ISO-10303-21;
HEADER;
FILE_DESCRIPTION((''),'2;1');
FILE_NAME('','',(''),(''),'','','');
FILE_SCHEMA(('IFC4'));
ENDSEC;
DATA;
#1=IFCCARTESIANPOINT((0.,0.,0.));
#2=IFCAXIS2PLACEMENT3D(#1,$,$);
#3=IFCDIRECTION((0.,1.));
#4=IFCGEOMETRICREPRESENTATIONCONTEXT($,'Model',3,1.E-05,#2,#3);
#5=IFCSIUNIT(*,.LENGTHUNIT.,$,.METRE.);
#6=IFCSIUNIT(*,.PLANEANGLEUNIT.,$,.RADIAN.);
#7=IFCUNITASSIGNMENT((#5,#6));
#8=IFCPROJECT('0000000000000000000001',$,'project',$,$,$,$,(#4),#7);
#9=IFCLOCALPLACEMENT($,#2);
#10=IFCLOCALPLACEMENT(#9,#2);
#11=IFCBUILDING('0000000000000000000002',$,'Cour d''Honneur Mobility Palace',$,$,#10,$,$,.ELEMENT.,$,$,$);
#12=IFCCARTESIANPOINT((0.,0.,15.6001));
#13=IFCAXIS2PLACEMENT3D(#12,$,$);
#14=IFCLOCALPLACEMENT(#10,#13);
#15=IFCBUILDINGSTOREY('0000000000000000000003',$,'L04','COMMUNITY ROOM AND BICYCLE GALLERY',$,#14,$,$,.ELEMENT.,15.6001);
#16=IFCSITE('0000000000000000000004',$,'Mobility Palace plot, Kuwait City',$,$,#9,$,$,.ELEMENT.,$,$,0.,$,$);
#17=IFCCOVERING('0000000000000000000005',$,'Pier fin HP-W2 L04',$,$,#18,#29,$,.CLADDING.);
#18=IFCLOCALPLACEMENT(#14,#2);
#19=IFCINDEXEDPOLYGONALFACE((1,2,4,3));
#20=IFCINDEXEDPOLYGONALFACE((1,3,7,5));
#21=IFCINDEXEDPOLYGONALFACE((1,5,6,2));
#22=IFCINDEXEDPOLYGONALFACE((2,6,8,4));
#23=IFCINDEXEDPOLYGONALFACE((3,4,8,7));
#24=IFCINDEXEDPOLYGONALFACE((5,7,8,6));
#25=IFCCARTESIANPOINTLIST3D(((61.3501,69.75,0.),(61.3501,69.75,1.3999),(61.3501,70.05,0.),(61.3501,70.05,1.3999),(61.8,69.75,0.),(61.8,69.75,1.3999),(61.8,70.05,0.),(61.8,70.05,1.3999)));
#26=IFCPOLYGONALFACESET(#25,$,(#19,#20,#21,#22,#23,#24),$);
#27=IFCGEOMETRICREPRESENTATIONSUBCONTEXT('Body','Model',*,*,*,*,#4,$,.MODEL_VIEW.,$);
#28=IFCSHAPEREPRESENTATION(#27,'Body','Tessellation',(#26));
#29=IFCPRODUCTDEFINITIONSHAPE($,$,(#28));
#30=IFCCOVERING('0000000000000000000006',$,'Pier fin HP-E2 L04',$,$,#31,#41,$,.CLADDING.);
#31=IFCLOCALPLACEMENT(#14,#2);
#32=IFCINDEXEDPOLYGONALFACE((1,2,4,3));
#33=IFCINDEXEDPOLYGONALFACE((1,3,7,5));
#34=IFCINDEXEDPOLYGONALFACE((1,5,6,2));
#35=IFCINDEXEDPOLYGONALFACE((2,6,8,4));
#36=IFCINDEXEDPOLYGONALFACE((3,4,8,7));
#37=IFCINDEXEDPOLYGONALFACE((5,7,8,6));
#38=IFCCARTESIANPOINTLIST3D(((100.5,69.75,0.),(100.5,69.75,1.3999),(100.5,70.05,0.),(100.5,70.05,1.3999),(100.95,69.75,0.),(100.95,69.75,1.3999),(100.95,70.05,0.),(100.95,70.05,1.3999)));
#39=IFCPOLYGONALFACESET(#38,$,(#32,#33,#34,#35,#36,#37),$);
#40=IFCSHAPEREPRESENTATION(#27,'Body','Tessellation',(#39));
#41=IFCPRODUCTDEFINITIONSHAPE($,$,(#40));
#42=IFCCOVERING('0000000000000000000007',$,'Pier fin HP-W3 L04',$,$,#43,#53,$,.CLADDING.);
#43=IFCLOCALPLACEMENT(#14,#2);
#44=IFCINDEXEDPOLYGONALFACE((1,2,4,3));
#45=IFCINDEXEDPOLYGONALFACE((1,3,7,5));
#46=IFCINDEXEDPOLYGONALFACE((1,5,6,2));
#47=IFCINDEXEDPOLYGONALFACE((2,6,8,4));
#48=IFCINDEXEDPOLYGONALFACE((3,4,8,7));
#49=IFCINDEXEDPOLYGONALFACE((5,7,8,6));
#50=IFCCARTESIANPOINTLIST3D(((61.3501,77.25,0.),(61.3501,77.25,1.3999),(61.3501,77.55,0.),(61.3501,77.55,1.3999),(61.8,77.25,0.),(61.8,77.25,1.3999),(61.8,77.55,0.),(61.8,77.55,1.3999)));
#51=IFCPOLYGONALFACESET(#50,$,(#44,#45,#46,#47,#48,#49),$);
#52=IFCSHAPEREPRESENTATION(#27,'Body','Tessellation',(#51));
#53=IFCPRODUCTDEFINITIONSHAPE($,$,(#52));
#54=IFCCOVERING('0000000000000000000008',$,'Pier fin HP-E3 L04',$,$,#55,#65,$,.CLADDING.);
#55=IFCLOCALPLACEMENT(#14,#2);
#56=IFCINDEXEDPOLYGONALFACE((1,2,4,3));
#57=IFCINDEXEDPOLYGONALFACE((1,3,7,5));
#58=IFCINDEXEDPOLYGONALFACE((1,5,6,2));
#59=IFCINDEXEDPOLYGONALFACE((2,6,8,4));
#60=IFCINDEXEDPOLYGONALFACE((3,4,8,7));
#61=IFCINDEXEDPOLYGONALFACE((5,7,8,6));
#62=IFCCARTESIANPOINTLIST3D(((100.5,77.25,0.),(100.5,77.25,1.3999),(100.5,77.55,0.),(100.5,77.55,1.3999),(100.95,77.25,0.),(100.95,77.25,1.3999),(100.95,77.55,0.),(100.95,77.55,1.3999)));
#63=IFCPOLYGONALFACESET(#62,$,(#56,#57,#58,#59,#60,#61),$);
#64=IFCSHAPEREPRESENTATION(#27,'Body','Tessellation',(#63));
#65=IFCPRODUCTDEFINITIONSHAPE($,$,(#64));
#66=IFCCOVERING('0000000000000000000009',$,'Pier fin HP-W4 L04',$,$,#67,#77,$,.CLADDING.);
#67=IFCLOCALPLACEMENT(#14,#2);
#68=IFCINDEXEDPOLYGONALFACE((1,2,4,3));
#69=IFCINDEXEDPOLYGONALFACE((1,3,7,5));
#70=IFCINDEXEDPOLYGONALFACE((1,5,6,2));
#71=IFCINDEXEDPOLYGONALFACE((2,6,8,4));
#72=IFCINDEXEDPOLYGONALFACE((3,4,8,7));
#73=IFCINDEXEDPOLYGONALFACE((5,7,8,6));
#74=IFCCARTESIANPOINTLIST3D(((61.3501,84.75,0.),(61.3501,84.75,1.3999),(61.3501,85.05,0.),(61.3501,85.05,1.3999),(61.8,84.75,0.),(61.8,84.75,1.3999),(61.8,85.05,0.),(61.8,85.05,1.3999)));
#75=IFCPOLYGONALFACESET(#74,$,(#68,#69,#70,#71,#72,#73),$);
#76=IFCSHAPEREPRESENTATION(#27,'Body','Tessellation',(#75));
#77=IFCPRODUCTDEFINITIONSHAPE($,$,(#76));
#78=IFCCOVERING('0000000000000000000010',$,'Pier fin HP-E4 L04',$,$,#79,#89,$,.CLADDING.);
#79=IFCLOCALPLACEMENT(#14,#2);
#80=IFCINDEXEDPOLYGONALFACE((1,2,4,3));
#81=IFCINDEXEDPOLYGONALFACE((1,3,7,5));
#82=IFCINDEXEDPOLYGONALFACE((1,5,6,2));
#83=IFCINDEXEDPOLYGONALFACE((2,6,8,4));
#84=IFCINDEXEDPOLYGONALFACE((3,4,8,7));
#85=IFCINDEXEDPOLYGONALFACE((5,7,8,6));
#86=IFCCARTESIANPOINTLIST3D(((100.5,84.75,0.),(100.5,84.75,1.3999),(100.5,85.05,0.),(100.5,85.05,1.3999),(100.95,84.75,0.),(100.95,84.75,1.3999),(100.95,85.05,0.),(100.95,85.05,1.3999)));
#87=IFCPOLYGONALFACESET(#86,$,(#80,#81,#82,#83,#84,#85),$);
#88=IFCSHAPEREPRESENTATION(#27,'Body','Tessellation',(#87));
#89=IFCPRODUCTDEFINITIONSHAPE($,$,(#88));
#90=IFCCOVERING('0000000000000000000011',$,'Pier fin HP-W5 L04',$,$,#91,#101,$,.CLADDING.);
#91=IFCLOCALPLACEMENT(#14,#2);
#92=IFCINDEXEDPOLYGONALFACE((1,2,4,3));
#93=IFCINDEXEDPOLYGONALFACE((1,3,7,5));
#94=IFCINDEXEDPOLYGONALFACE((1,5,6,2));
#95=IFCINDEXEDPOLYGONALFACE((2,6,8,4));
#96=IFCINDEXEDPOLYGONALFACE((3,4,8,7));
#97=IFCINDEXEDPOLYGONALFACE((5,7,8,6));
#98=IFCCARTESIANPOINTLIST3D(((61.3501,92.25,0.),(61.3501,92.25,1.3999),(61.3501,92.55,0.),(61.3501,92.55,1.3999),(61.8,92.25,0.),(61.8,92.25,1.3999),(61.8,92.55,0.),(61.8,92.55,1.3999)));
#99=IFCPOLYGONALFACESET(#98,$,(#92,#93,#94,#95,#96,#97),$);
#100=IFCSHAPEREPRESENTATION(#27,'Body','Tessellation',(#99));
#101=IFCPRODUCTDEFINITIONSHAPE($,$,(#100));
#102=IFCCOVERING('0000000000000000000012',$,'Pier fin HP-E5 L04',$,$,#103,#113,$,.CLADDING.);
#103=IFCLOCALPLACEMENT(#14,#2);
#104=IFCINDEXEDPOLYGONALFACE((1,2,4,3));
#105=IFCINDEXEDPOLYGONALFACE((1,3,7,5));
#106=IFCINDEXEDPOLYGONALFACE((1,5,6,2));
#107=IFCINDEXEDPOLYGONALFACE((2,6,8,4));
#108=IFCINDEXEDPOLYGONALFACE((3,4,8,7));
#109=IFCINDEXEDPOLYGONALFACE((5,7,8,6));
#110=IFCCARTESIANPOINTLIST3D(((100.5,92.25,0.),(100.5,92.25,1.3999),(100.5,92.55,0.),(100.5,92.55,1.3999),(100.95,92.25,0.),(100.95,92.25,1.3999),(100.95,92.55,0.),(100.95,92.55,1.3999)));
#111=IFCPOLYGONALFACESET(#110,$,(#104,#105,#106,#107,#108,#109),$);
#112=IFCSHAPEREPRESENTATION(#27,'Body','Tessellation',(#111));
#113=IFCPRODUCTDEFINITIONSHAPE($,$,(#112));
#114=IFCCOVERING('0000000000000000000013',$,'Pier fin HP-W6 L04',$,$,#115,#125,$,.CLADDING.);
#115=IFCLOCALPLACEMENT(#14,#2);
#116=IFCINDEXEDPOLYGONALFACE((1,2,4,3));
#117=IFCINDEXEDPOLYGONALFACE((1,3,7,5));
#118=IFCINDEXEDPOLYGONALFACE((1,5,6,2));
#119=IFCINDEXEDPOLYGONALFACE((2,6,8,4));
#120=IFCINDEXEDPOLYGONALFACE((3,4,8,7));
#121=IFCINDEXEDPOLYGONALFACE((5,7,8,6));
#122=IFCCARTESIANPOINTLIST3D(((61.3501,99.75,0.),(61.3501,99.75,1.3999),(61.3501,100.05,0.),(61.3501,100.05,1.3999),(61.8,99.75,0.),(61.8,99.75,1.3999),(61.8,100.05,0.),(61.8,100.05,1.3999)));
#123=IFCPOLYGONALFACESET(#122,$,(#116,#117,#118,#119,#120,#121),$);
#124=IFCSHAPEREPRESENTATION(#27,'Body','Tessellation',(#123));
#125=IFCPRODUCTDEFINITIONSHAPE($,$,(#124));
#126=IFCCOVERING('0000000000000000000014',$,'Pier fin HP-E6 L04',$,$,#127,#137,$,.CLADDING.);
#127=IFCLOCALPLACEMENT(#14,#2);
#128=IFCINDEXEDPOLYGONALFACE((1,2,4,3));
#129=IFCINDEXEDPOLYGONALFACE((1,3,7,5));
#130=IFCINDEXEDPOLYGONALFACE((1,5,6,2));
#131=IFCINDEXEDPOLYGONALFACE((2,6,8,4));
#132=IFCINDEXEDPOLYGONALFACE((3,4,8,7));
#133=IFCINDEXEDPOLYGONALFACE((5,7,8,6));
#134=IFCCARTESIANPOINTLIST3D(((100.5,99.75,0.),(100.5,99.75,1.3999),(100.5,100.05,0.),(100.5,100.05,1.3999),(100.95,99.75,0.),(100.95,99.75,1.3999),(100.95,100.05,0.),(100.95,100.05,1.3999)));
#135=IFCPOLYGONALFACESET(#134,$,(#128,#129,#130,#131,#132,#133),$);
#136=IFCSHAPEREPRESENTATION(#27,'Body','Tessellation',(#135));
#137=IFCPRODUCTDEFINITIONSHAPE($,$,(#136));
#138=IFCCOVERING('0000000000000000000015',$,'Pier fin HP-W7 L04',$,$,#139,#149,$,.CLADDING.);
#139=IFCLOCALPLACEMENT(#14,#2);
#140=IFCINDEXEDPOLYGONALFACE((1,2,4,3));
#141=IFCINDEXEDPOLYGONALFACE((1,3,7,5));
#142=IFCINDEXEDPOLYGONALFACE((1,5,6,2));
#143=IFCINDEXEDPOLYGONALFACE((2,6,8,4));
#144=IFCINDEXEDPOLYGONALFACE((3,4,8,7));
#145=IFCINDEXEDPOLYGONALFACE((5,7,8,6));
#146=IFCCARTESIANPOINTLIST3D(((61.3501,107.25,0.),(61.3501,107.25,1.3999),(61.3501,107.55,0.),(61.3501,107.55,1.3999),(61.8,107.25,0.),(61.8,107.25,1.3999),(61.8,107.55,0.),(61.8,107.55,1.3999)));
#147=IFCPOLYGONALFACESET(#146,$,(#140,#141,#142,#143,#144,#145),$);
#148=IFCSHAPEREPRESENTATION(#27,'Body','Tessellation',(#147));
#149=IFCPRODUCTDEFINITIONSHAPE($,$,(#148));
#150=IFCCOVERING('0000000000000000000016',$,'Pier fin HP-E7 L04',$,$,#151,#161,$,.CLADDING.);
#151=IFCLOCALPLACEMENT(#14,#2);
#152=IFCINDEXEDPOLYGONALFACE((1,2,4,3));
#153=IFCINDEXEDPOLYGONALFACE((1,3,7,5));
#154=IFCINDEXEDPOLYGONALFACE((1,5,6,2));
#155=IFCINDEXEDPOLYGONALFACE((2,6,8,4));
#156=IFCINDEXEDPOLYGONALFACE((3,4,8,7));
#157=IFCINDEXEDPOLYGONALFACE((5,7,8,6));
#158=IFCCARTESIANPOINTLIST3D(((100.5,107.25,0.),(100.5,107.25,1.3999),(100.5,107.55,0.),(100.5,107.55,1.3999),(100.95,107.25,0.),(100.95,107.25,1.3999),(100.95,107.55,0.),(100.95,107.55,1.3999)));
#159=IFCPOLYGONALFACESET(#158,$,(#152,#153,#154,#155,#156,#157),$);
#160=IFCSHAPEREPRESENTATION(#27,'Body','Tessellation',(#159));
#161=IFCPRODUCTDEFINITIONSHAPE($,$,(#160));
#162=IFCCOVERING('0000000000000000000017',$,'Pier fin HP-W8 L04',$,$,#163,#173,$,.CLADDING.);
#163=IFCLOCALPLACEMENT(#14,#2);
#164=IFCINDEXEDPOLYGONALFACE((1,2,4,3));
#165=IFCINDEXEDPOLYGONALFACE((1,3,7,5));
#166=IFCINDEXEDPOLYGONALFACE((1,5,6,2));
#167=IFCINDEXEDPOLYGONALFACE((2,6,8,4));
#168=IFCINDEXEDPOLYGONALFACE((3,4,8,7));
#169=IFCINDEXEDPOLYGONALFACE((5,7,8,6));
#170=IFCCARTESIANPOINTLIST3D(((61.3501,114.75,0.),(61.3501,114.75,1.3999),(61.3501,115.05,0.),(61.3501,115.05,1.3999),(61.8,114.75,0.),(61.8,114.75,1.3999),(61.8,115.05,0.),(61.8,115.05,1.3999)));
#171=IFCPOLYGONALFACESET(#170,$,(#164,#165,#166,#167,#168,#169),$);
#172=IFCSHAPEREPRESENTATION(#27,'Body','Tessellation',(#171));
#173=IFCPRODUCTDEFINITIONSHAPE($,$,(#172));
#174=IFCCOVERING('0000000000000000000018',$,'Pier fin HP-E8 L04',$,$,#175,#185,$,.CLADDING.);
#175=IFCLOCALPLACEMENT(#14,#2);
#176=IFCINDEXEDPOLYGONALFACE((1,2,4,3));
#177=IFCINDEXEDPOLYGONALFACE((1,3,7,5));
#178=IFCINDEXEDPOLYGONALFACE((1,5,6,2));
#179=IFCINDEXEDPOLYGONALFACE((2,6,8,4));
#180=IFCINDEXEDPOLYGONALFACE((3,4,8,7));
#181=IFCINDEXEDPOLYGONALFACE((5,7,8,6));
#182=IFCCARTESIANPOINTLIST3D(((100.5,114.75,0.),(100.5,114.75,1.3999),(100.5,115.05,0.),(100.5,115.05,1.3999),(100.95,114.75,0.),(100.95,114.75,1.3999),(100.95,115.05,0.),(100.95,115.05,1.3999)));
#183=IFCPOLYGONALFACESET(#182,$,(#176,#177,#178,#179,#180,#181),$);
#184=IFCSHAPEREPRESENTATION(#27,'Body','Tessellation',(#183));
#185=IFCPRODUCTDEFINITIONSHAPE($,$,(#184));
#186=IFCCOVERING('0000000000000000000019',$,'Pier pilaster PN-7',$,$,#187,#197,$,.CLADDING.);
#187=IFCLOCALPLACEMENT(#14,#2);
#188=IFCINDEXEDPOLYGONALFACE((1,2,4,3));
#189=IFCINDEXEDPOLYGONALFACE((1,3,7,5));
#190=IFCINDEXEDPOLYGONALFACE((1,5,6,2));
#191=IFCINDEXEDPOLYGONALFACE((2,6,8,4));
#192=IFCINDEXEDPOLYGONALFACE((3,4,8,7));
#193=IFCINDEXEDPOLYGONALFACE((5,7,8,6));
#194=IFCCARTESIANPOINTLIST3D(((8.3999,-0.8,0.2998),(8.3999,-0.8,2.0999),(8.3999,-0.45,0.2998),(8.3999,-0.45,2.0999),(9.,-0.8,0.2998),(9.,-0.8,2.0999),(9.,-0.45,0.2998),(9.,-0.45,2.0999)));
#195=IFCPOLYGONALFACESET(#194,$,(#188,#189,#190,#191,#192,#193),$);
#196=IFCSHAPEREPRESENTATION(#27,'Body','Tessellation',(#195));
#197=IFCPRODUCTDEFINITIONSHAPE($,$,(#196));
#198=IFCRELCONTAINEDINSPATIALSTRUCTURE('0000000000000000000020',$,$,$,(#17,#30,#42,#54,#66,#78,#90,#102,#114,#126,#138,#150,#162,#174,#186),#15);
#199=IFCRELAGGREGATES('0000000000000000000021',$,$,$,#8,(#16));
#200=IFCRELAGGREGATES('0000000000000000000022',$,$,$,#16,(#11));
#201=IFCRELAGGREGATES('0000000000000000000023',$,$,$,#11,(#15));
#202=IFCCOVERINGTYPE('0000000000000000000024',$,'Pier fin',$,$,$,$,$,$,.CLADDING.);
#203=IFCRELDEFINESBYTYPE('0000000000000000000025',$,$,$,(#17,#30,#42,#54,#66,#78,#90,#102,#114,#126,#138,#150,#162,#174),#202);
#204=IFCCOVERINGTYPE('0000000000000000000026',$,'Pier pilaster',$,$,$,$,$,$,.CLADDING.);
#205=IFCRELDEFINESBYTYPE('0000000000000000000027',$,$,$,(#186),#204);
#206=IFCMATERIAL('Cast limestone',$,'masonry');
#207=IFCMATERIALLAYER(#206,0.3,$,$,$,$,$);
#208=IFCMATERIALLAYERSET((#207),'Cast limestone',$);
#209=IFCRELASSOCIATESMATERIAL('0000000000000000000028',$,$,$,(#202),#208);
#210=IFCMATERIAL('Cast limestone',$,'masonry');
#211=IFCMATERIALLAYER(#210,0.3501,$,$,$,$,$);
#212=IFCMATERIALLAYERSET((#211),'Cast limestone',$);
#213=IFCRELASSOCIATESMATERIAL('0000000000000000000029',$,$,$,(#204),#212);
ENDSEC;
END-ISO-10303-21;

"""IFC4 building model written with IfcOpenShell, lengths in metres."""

from ifc_helpers import new_model, si_unit, direction, frame, origin, place, context, subcontext, project, spatial, polyline, outline, extrude, material, layer, layer_set, type_object, element, save


model = new_model("IFC4")

# Units and contexts
model_context = context("Model", 3, precision=1e-05, world=origin(), true_north=direction((0.0, 1.0)))
body_context = subcontext(model_context, "Body", "Model", "MODEL_VIEW")
ifc_project = project(units=[si_unit("LENGTHUNIT", "METRE"), si_unit("PLANEANGLEUNIT", "RADIAN")], contexts=[model_context])

# Site, building, storey
site_placement = place(None, origin())
site = spatial("IfcSite", under=ifc_project, at=site_placement, Name="Mobility Palace plot, Kuwait City", CompositionType="ELEMENT", RefElevation=0.0)
building_placement = place(site_placement, origin())
building = spatial("IfcBuilding", under=site, at=building_placement, Name="Cour d'Honneur Mobility Palace", CompositionType="ELEMENT")
storey_placement = place(building_placement, frame((0.0, 0.0, 15.6001)))
storey = spatial("IfcBuildingStorey", under=building, at=storey_placement, Name="L04", Description="COMMUNITY ROOM AND BICYCLE GALLERY", CompositionType="ELEMENT", Elevation=15.6001)

# Coverings
ifc_material_1 = material(Name="Cast limestone", Category="masonry")
ifc_layer_1 = layer(ifc_material_1, 0.3)
ifc_layer_set_1 = layer_set([ifc_layer_1], Name="Cast limestone")
covering_type_1 = type_object("IfcCoveringType", Name="Pier fin", PredefinedType="CLADDING", material=ifc_layer_set_1)
covering_1_placement = place(storey_placement, origin())
element("IfcCovering", 1, at=covering_1_placement, inside=storey, type_object=covering_type_1, Name="Pier fin HP-W2 L04", PredefinedType="CLADDING", context=body_context, shape_type="SweptSolid", body=[
    extrude(outline(polyline([(61.3501, 69.75), (61.8, 69.75), (61.8, 70.05), (61.3501, 70.05), (61.3501, 69.75)])), origin(), (0.0, 0.0, 1.0), 1.3999),
])
covering_2_placement = place(storey_placement, origin())
element("IfcCovering", 2, at=covering_2_placement, inside=storey, type_object=covering_type_1, Name="Pier fin HP-E2 L04", PredefinedType="CLADDING", context=body_context, shape_type="SweptSolid", body=[
    extrude(outline(polyline([(100.5, 69.75), (100.95, 69.75), (100.95, 70.05), (100.5, 70.05), (100.5, 69.75)])), origin(), (0.0, 0.0, 1.0), 1.3999),
])
covering_3_placement = place(storey_placement, origin())
element("IfcCovering", 3, at=covering_3_placement, inside=storey, type_object=covering_type_1, Name="Pier fin HP-W3 L04", PredefinedType="CLADDING", context=body_context, shape_type="SweptSolid", body=[
    extrude(outline(polyline([(61.3501, 77.25), (61.8, 77.25), (61.8, 77.55), (61.3501, 77.55), (61.3501, 77.25)])), origin(), (0.0, 0.0, 1.0), 1.3999),
])
covering_4_placement = place(storey_placement, origin())
element("IfcCovering", 4, at=covering_4_placement, inside=storey, type_object=covering_type_1, Name="Pier fin HP-E3 L04", PredefinedType="CLADDING", context=body_context, shape_type="SweptSolid", body=[
    extrude(outline(polyline([(100.5, 77.25), (100.95, 77.25), (100.95, 77.55), (100.5, 77.55), (100.5, 77.25)])), origin(), (0.0, 0.0, 1.0), 1.3999),
])
covering_5_placement = place(storey_placement, origin())
element("IfcCovering", 5, at=covering_5_placement, inside=storey, type_object=covering_type_1, Name="Pier fin HP-W4 L04", PredefinedType="CLADDING", context=body_context, shape_type="SweptSolid", body=[
    extrude(outline(polyline([(61.3501, 84.75), (61.8, 84.75), (61.8, 85.05), (61.3501, 85.05), (61.3501, 84.75)])), origin(), (0.0, 0.0, 1.0), 1.3999),
])
covering_6_placement = place(storey_placement, origin())
element("IfcCovering", 6, at=covering_6_placement, inside=storey, type_object=covering_type_1, Name="Pier fin HP-E4 L04", PredefinedType="CLADDING", context=body_context, shape_type="SweptSolid", body=[
    extrude(outline(polyline([(100.5, 84.75), (100.95, 84.75), (100.95, 85.05), (100.5, 85.05), (100.5, 84.75)])), origin(), (0.0, 0.0, 1.0), 1.3999),
])
covering_7_placement = place(storey_placement, origin())
element("IfcCovering", 7, at=covering_7_placement, inside=storey, type_object=covering_type_1, Name="Pier fin HP-W5 L04", PredefinedType="CLADDING", context=body_context, shape_type="SweptSolid", body=[
    extrude(outline(polyline([(61.3501, 92.25), (61.8, 92.25), (61.8, 92.55), (61.3501, 92.55), (61.3501, 92.25)])), origin(), (0.0, 0.0, 1.0), 1.3999),
])
covering_8_placement = place(storey_placement, origin())
element("IfcCovering", 8, at=covering_8_placement, inside=storey, type_object=covering_type_1, Name="Pier fin HP-E5 L04", PredefinedType="CLADDING", context=body_context, shape_type="SweptSolid", body=[
    extrude(outline(polyline([(100.5, 92.25), (100.95, 92.25), (100.95, 92.55), (100.5, 92.55), (100.5, 92.25)])), origin(), (0.0, 0.0, 1.0), 1.3999),
])
covering_9_placement = place(storey_placement, origin())
element("IfcCovering", 9, at=covering_9_placement, inside=storey, type_object=covering_type_1, Name="Pier fin HP-W6 L04", PredefinedType="CLADDING", context=body_context, shape_type="SweptSolid", body=[
    extrude(outline(polyline([(61.3501, 99.75), (61.8, 99.75), (61.8, 100.05), (61.3501, 100.05), (61.3501, 99.75)])), origin(), (0.0, 0.0, 1.0), 1.3999),
])
covering_10_placement = place(storey_placement, origin())
element("IfcCovering", 10, at=covering_10_placement, inside=storey, type_object=covering_type_1, Name="Pier fin HP-E6 L04", PredefinedType="CLADDING", context=body_context, shape_type="SweptSolid", body=[
    extrude(outline(polyline([(100.5, 99.75), (100.95, 99.75), (100.95, 100.05), (100.5, 100.05), (100.5, 99.75)])), origin(), (0.0, 0.0, 1.0), 1.3999),
])
covering_11_placement = place(storey_placement, origin())
element("IfcCovering", 11, at=covering_11_placement, inside=storey, type_object=covering_type_1, Name="Pier fin HP-W7 L04", PredefinedType="CLADDING", context=body_context, shape_type="SweptSolid", body=[
    extrude(outline(polyline([(61.3501, 107.25), (61.8, 107.25), (61.8, 107.55), (61.3501, 107.55), (61.3501, 107.25)])), origin(), (0.0, 0.0, 1.0), 1.3999),
])
covering_12_placement = place(storey_placement, origin())
element("IfcCovering", 12, at=covering_12_placement, inside=storey, type_object=covering_type_1, Name="Pier fin HP-E7 L04", PredefinedType="CLADDING", context=body_context, shape_type="SweptSolid", body=[
    extrude(outline(polyline([(100.5, 107.25), (100.95, 107.25), (100.95, 107.55), (100.5, 107.55), (100.5, 107.25)])), origin(), (0.0, 0.0, 1.0), 1.3999),
])
covering_13_placement = place(storey_placement, origin())
element("IfcCovering", 13, at=covering_13_placement, inside=storey, type_object=covering_type_1, Name="Pier fin HP-W8 L04", PredefinedType="CLADDING", context=body_context, shape_type="SweptSolid", body=[
    extrude(outline(polyline([(61.3501, 114.75), (61.8, 114.75), (61.8, 115.05), (61.3501, 115.05), (61.3501, 114.75)])), origin(), (0.0, 0.0, 1.0), 1.3999),
])
covering_14_placement = place(storey_placement, origin())
element("IfcCovering", 14, at=covering_14_placement, inside=storey, type_object=covering_type_1, Name="Pier fin HP-E8 L04", PredefinedType="CLADDING", context=body_context, shape_type="SweptSolid", body=[
    extrude(outline(polyline([(100.5, 114.75), (100.95, 114.75), (100.95, 115.05), (100.5, 115.05), (100.5, 114.75)])), origin(), (0.0, 0.0, 1.0), 1.3999),
])
ifc_material_2 = material(Name="Cast limestone", Category="masonry")
ifc_layer_2 = layer(ifc_material_2, 0.3501)
ifc_layer_set_2 = layer_set([ifc_layer_2], Name="Cast limestone")
covering_type_2 = type_object("IfcCoveringType", Name="Pier pilaster", PredefinedType="CLADDING", material=ifc_layer_set_2)
covering_15_placement = place(storey_placement, frame((0.0, 0.0, 0.2998)))
element("IfcCovering", 15, at=covering_15_placement, inside=storey, type_object=covering_type_2, Name="Pier pilaster PN-7", PredefinedType="CLADDING", context=body_context, shape_type="SweptSolid", body=[
    extrude(outline(polyline([(8.3999, -0.45), (9.0, -0.45), (9.0, -0.8), (8.3999, -0.8), (8.3999, -0.45)])), origin(), (0.0, 0.0, 1.0), 1.8),
])

save(model, "model.ifc")
